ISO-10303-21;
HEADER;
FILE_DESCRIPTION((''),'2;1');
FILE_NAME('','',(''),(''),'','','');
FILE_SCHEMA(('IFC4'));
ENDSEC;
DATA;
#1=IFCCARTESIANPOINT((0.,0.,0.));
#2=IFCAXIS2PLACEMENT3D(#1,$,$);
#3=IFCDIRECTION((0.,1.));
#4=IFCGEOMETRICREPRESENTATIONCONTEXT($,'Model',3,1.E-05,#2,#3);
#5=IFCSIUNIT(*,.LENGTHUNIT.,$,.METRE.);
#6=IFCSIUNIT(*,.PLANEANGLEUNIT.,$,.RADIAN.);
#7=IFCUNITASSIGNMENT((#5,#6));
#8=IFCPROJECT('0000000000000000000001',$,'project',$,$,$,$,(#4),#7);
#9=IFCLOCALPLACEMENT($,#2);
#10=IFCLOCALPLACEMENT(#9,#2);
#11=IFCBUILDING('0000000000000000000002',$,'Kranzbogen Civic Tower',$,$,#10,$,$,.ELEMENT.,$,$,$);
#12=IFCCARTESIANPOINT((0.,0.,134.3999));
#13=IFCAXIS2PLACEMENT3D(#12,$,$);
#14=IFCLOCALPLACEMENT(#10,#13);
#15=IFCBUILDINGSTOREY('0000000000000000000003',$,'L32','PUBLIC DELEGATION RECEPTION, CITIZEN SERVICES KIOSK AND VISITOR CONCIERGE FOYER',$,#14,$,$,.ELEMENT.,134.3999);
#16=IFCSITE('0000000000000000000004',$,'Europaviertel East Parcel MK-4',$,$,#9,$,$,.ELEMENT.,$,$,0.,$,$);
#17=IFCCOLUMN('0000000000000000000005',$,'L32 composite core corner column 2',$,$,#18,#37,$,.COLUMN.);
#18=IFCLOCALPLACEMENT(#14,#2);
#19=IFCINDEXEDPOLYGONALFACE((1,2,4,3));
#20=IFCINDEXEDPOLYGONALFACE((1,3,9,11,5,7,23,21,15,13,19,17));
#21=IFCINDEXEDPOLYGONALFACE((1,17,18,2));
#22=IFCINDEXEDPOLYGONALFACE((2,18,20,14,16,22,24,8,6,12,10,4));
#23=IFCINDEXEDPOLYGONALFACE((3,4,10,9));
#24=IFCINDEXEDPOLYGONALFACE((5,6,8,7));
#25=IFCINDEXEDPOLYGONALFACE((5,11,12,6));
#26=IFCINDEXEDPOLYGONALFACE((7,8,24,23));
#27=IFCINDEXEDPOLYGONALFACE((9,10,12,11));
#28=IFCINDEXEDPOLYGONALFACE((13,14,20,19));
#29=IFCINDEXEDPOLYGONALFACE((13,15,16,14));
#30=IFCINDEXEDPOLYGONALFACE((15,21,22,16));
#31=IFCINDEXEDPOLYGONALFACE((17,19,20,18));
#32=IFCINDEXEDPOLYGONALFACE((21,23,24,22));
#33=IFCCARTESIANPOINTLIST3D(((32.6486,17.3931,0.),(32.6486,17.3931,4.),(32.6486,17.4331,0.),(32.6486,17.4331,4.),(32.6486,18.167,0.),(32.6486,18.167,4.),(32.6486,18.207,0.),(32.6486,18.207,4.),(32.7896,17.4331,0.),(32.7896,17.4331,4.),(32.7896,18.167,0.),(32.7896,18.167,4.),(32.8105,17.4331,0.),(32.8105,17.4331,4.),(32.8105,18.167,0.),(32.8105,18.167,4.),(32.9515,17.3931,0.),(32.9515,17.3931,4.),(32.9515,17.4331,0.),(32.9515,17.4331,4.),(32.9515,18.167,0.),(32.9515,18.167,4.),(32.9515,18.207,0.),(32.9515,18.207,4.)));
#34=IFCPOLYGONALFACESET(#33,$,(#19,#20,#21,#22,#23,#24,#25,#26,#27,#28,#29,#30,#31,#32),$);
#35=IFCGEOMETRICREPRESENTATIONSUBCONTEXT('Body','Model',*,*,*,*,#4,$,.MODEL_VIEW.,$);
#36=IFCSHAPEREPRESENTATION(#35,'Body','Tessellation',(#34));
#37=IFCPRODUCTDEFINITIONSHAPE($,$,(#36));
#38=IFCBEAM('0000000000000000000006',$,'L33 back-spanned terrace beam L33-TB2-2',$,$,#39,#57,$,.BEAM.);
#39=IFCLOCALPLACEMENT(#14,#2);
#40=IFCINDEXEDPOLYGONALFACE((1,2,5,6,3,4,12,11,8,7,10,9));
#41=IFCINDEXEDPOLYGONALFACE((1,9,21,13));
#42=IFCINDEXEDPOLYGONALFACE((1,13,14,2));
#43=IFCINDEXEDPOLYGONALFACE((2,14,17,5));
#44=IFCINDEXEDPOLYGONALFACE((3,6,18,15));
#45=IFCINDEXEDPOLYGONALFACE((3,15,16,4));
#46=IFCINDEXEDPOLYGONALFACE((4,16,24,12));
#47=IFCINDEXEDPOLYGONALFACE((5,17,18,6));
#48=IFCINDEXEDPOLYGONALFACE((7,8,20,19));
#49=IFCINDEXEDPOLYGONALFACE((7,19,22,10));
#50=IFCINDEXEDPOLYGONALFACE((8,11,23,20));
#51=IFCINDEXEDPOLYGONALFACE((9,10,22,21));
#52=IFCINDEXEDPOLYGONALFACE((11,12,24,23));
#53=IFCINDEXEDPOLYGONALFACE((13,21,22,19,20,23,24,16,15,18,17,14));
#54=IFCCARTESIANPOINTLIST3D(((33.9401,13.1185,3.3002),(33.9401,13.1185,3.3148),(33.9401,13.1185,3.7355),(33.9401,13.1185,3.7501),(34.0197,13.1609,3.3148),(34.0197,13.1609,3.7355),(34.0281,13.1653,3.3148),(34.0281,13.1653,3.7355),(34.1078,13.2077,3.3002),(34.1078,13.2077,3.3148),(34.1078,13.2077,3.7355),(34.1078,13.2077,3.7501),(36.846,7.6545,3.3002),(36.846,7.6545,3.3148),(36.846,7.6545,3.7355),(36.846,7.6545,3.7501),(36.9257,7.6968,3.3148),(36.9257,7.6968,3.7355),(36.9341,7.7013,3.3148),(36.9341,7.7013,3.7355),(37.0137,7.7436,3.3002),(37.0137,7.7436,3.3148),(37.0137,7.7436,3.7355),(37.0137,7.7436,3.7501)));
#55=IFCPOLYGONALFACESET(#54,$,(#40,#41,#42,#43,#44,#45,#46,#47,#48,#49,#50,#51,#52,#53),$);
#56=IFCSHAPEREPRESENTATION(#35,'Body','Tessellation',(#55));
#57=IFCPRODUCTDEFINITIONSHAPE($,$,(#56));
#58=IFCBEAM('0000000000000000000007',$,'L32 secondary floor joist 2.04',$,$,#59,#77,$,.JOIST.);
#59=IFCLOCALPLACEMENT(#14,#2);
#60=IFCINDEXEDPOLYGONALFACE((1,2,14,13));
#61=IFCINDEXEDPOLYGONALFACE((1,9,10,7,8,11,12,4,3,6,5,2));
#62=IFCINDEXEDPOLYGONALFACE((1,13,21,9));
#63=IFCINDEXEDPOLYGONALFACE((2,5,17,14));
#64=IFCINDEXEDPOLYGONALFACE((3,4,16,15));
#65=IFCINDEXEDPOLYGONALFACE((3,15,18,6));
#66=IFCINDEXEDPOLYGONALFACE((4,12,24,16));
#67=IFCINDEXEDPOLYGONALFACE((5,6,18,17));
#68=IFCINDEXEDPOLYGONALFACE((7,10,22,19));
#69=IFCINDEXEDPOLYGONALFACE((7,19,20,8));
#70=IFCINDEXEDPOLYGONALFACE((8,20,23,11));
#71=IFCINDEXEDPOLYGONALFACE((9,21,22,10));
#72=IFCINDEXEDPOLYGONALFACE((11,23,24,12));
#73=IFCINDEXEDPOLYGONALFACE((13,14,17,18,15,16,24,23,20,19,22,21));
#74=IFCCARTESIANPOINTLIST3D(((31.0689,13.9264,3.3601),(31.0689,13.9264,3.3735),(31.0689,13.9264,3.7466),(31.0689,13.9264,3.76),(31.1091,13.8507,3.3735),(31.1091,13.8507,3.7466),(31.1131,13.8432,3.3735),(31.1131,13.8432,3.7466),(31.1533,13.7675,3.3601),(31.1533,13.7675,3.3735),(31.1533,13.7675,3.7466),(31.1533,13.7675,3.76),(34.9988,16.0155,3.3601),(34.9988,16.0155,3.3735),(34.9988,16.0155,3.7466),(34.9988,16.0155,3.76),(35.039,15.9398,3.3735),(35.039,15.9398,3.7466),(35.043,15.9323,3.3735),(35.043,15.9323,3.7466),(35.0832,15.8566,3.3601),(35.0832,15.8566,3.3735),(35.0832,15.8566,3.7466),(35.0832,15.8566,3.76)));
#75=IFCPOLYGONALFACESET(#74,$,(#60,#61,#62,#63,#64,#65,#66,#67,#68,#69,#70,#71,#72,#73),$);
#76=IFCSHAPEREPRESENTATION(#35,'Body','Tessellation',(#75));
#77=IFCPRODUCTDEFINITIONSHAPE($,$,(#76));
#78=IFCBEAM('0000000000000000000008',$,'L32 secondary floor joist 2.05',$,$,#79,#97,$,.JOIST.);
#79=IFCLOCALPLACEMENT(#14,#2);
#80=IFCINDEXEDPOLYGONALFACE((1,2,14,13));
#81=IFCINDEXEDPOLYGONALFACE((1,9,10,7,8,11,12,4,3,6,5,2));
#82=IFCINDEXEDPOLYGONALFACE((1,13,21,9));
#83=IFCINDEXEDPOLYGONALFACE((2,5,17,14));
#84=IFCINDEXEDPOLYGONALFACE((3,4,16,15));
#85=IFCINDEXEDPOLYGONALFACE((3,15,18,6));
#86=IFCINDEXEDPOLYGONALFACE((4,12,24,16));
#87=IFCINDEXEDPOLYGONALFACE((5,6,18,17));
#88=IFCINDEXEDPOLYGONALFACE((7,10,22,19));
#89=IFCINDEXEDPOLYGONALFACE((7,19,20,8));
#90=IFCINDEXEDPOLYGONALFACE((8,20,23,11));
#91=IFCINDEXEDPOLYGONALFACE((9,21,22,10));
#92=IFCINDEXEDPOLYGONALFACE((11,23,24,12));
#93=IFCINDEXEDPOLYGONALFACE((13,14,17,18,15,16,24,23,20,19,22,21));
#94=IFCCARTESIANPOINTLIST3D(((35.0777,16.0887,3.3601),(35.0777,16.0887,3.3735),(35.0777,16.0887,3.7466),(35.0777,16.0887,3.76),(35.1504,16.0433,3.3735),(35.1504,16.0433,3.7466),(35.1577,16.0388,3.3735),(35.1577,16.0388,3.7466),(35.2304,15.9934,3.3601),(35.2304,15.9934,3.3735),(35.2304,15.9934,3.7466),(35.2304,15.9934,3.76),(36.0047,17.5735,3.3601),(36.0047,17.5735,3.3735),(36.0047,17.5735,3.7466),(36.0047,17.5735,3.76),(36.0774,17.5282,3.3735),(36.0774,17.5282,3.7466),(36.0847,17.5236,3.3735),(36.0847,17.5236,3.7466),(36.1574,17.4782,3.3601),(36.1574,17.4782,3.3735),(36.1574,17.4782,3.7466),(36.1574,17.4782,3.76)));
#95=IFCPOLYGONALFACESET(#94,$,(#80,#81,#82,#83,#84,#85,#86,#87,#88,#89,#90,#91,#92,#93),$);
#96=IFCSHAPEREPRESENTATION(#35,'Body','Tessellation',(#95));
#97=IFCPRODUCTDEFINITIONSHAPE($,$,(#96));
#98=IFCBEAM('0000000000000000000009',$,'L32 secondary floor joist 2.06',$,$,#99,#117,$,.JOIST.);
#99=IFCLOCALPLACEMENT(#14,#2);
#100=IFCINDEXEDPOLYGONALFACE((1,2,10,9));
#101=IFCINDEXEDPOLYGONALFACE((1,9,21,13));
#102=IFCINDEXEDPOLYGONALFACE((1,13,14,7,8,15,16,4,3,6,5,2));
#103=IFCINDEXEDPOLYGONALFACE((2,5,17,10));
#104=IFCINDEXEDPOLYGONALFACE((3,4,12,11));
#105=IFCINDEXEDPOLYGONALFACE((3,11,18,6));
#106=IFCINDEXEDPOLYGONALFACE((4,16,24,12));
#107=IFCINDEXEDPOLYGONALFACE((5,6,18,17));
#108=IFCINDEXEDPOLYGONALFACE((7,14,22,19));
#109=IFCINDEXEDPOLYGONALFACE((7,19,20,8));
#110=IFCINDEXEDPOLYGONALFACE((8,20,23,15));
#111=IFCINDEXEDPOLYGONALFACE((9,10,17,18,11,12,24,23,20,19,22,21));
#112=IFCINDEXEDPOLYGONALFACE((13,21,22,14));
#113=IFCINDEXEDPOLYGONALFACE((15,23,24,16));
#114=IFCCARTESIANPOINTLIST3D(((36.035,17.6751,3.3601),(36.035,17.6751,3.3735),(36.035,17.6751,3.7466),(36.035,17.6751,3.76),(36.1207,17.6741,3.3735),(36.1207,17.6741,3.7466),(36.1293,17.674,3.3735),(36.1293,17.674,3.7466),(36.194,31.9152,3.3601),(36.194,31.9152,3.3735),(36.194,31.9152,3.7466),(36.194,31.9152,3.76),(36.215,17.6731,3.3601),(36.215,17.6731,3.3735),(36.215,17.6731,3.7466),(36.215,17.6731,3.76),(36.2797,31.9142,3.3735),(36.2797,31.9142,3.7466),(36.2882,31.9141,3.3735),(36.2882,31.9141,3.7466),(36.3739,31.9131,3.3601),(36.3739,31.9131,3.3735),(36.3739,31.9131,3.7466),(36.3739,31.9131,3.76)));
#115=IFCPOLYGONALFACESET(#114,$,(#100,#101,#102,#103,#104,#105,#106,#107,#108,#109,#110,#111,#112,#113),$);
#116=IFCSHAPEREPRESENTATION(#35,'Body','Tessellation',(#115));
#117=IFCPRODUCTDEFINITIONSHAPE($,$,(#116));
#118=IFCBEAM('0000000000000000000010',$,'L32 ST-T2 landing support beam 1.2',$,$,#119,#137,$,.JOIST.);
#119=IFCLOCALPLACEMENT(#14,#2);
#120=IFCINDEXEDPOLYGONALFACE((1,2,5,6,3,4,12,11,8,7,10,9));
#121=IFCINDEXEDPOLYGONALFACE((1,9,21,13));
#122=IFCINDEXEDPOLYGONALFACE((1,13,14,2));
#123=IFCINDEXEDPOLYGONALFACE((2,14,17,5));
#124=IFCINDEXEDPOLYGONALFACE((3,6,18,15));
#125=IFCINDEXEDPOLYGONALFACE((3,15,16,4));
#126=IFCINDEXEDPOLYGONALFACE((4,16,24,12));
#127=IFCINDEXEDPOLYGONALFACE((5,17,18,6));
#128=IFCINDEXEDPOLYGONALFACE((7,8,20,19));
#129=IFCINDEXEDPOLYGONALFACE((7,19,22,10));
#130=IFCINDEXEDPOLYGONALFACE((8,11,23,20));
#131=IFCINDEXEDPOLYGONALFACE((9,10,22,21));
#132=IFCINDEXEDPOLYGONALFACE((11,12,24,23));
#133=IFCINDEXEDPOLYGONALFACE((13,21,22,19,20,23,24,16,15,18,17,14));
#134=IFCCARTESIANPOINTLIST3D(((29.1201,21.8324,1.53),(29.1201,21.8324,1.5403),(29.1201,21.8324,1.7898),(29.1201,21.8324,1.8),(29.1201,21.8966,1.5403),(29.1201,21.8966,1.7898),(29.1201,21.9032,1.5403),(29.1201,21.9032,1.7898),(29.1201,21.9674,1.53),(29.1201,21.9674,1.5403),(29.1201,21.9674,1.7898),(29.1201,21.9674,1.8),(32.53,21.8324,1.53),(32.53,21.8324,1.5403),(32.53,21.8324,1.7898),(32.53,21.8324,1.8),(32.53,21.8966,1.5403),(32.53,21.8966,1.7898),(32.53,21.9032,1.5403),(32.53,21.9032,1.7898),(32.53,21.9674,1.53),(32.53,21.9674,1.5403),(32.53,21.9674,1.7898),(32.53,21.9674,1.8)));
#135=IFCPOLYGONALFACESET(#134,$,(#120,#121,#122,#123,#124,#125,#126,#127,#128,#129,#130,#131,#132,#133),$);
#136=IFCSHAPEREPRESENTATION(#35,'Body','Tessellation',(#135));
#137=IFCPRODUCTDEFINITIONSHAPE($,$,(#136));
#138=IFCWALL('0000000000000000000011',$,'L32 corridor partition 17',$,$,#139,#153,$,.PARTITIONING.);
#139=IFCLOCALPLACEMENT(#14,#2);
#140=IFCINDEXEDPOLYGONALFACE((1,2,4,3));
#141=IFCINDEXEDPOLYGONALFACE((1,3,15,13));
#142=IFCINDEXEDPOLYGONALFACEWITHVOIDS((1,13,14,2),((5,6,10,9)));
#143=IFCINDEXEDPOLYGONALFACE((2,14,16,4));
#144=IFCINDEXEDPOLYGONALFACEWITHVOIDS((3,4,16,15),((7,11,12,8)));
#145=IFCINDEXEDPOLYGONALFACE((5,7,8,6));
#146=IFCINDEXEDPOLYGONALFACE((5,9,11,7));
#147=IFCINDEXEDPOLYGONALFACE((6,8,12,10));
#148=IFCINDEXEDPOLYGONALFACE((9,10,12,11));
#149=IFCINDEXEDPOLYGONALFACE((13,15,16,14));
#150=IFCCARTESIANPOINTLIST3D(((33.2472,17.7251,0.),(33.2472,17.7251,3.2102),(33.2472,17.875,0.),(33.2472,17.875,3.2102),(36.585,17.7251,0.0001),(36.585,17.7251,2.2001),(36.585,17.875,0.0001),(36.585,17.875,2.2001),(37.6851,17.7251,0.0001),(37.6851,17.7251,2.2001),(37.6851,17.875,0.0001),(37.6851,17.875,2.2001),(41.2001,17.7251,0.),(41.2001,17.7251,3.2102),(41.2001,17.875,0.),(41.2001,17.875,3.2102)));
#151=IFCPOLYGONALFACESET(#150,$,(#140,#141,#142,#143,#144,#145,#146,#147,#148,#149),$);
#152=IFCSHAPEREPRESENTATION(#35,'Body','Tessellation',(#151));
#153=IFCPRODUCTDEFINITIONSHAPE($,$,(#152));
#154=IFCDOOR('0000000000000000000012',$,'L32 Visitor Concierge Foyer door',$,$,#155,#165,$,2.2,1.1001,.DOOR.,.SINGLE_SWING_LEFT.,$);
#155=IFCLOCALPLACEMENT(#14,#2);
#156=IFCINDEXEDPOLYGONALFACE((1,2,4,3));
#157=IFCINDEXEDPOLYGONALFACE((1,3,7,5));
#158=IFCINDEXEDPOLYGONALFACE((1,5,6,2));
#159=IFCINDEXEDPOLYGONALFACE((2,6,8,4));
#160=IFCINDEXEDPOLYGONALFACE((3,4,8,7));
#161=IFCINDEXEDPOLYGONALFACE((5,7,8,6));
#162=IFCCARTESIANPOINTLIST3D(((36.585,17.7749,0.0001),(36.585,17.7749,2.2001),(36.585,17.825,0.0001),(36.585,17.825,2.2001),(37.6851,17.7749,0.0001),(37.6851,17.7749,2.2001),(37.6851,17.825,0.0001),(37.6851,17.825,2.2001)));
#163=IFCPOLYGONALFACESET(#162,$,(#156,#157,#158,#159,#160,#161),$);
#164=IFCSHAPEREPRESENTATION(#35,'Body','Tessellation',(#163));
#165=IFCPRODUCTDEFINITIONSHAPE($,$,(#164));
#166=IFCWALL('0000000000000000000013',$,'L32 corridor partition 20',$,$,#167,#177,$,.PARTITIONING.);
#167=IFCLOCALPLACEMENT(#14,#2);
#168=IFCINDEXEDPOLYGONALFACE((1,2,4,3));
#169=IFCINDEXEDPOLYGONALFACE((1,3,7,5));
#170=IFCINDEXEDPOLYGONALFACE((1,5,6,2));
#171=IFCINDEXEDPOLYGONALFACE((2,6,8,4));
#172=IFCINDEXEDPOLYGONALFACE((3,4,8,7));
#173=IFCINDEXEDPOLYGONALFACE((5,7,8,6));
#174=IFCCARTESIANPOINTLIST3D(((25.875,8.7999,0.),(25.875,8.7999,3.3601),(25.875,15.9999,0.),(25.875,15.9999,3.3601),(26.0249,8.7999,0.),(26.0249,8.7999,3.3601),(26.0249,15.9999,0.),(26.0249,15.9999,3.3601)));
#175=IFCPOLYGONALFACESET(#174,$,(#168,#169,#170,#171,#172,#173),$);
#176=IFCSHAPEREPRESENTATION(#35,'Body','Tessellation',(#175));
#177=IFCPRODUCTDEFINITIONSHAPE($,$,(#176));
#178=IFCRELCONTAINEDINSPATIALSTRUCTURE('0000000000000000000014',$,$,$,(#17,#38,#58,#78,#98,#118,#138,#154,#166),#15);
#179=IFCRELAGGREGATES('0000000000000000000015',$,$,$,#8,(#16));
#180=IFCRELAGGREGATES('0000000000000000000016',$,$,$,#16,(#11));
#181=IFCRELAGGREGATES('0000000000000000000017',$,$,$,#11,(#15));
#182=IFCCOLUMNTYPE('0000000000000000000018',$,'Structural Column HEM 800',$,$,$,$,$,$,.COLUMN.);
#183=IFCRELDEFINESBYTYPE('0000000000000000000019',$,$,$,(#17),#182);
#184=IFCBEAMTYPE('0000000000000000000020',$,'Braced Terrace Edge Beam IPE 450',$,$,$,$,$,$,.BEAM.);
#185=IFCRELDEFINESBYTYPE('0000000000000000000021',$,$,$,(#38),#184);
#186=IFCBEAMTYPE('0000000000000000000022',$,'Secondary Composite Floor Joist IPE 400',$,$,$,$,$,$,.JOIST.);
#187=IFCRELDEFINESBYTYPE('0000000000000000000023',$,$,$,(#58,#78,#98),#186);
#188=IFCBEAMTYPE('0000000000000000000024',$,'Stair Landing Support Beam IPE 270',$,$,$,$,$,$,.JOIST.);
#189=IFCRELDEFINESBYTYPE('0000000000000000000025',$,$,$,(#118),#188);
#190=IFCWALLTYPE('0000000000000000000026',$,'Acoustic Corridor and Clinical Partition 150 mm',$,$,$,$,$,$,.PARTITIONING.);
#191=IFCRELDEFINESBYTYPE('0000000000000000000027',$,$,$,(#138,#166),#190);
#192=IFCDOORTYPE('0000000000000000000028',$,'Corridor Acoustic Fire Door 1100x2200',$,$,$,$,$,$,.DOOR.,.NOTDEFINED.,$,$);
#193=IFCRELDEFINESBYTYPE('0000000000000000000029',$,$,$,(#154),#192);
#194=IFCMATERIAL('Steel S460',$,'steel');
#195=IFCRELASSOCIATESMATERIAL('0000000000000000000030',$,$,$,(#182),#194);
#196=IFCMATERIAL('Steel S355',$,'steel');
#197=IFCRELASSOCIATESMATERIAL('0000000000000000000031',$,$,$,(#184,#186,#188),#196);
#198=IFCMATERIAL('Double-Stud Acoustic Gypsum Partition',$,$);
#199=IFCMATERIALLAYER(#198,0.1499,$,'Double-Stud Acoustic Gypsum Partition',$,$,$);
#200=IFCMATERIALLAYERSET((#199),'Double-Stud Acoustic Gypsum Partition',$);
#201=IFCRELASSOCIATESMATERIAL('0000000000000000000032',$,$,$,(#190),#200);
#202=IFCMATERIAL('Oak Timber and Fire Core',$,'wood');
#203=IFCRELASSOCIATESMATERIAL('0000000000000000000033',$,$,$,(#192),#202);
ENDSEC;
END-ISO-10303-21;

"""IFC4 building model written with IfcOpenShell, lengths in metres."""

from ifc_helpers import new_model, si_unit, direction, frame, frame_2d, origin, origin_2d, place, context, subcontext, project, spatial, rectangle, i_section, extrude, material, layer, layer_set, material_profile, profile_set, type_object, element, fill, save


model = new_model("IFC4")

# Units and contexts
model_context = context("Model", 3, precision=1e-05, world=origin(), true_north=direction((0.0, 1.0)))
body_context = subcontext(model_context, "Body", "Model", "MODEL_VIEW")
ifc_project = project(units=[si_unit("LENGTHUNIT", "METRE"), si_unit("PLANEANGLEUNIT", "RADIAN")], contexts=[model_context])

# Site, building, storey
site_placement = place(None, origin())
site = spatial("IfcSite", under=ifc_project, at=site_placement, Name="Europaviertel East Parcel MK-4", CompositionType="ELEMENT", RefElevation=0.0)
building_placement = place(site_placement, origin())
building = spatial("IfcBuilding", under=site, at=building_placement, Name="Kranzbogen Civic Tower", CompositionType="ELEMENT")
storey_placement = place(building_placement, frame((0.0, 0.0, 134.3999)))
storey = spatial("IfcBuildingStorey", under=building, at=storey_placement, Name="L32", Description="PUBLIC DELEGATION RECEPTION, CITIZEN SERVICES KIOSK AND VISITOR CONCIERGE FOYER", CompositionType="ELEMENT", Elevation=134.3999)

# Column
ifc_material_1 = material(Name="Steel S460", Category="steel")
ifc_material_profile_1 = material_profile(ifc_material_1, i_section(OverallWidth=0.303, OverallDepth=0.814, WebThickness=0.021, FlangeThickness=0.04, at=origin_2d()), Name="HEM 800")
ifc_profile_set_1 = profile_set([ifc_material_profile_1], Name="Steel S460")
column_type = type_object("IfcColumnType", Name="Structural Column HEM 800", PredefinedType="COLUMN", material=ifc_profile_set_1)
column_placement = place(storey_placement, frame((32.8, 17.8, 0.0), z_axis=(0.0, 0.0, 1.0), x_axis=(1.0, 0.0, 0.0)))
element("IfcColumn", 1, at=column_placement, inside=storey, type_object=column_type, Name="L32 composite core corner column 2", PredefinedType="COLUMN", context=body_context, shape_type="SweptSolid", body=[
    extrude(i_section(OverallWidth=0.303, OverallDepth=0.814, WebThickness=0.021, FlangeThickness=0.04, at=origin_2d()), origin(), (0.0, 0.0, 1.0), 4.0),
])

# Beams
ifc_material_2 = material(Name="Steel S355", Category="steel")
ifc_material_profile_2 = material_profile(ifc_material_2, i_section(OverallWidth=0.1899, OverallDepth=0.45, WebThickness=0.0095, FlangeThickness=0.0146, at=origin_2d()), Name="IPE 450")
ifc_profile_set_2 = profile_set([ifc_material_profile_2], Name="Steel S355")
beam_type_1 = type_object("IfcBeamType", Name="Braced Terrace Edge Beam IPE 450", PredefinedType="BEAM", material=ifc_profile_set_2)
beam_1_placement = place(storey_placement, frame((34.0239, 13.1631, 3.5251), z_axis=(0.469558, -0.882902, 0.0), x_axis=(0.882902, 0.469558, 0.0)))
element("IfcBeam", 2, at=beam_1_placement, inside=storey, type_object=beam_type_1, Name="L33 back-spanned terrace beam L33-TB2-2", PredefinedType="BEAM", context=body_context, shape_type="SweptSolid", body=[
    extrude(i_section(OverallWidth=0.1899, OverallDepth=0.45, WebThickness=0.0095, FlangeThickness=0.0146, at=origin_2d()), origin(), (0.0, 0.0, 1.0), 6.1887),
])
ifc_material_profile_3 = material_profile(ifc_material_2, i_section(OverallWidth=0.1799, OverallDepth=0.3999, WebThickness=0.0085, FlangeThickness=0.0134, at=origin_2d()), Name="IPE 400")
ifc_profile_set_3 = profile_set([ifc_material_profile_3], Name="Steel S355")
beam_type_2 = type_object("IfcBeamType", Name="Secondary Composite Floor Joist IPE 400", PredefinedType="JOIST", material=ifc_profile_set_3)
beam_2_placement = place(storey_placement, frame((31.1111, 13.8469, 3.5601), z_axis=(0.882991, 0.469389, 0.0), x_axis=(-0.469389, 0.882991, 0.0)))
element("IfcBeam", 3, at=beam_2_placement, inside=storey, type_object=beam_type_2, Name="L32 secondary floor joist 2.04", PredefinedType="JOIST", context=body_context, shape_type="SweptSolid", body=[
    extrude(i_section(OverallWidth=0.1799, OverallDepth=0.3999, WebThickness=0.0085, FlangeThickness=0.0134, at=origin_2d()), origin(), (0.0, 0.0, 1.0), 4.4507),
])
beam_3_placement = place(storey_placement, frame((35.1541, 16.041, 3.5601), z_axis=(0.529573, 0.848265, 0.0), x_axis=(-0.848265, 0.529573, 0.0)))
element("IfcBeam", 4, at=beam_3_placement, inside=storey, type_object=beam_type_2, Name="L32 secondary floor joist 2.05", PredefinedType="JOIST", context=body_context, shape_type="SweptSolid", body=[
    extrude(i_section(OverallWidth=0.1799, OverallDepth=0.3999, WebThickness=0.0085, FlangeThickness=0.0134, at=origin_2d()), origin(), (0.0, 0.0, 1.0), 1.7505),
])
beam_4_placement = place(storey_placement, frame((36.125, 17.6741, 3.5601), z_axis=(0.011161, 0.999938, 0.0), x_axis=(-0.999938, 0.011161, 0.0)))
element("IfcBeam", 5, at=beam_4_placement, inside=storey, type_object=beam_type_2, Name="L32 secondary floor joist 2.06", PredefinedType="JOIST", context=body_context, shape_type="SweptSolid", body=[
    extrude(i_section(OverallWidth=0.1799, OverallDepth=0.3999, WebThickness=0.0085, FlangeThickness=0.0134, at=origin_2d()), origin(), (0.0, 0.0, 1.0), 14.241),
])
ifc_material_profile_4 = material_profile(ifc_material_2, i_section(OverallWidth=0.135, OverallDepth=0.27, WebThickness=0.0066, FlangeThickness=0.0103, at=origin_2d()), Name="IPE 270")
ifc_profile_set_4 = profile_set([ifc_material_profile_4], Name="Steel S355")
beam_type_3 = type_object("IfcBeamType", Name="Stair Landing Support Beam IPE 270", PredefinedType="JOIST", material=ifc_profile_set_4)
beam_5_placement = place(storey_placement, frame((29.1201, 21.8999, 1.665), z_axis=(1.0, 0.0, 0.0), x_axis=(0.0, 1.0, 0.0)))
element("IfcBeam", 6, at=beam_5_placement, inside=storey, type_object=beam_type_3, Name="L32 ST-T2 landing support beam 1.2", PredefinedType="JOIST", context=body_context, shape_type="SweptSolid", body=[
    extrude(i_section(OverallWidth=0.135, OverallDepth=0.27, WebThickness=0.0066, FlangeThickness=0.0103, at=origin_2d()), origin(), (0.0, 0.0, 1.0), 3.4099),
])

# Wall, opening, door
ifc_material_3 = material(Name="Double-Stud Acoustic Gypsum Partition")
ifc_layer_1 = layer(ifc_material_3, 0.1499, Name="Double-Stud Acoustic Gypsum Partition")
ifc_layer_set_1 = layer_set([ifc_layer_1], Name="Double-Stud Acoustic Gypsum Partition")
wall_type_1 = type_object("IfcWallType", Name="Acoustic Corridor and Clinical Partition 150 mm", PredefinedType="PARTITIONING", material=ifc_layer_set_1)
wall_1_placement = place(storey_placement, frame((33.2471, 17.8, 0.0), z_axis=(0.0, 0.0, 1.0), x_axis=(1.0, 0.0, 0.0)))
wall_1 = element("IfcWall", 7, at=wall_1_placement, inside=storey, type_object=wall_type_1, Name="L32 corridor partition 17", PredefinedType="PARTITIONING", context=body_context, shape_type="SweptSolid", body=[
    extrude(rectangle(XDim=7.9529, YDim=0.1499, at=frame_2d((3.9766, 0.0))), origin(), (0.0, 0.0, 1.0), 3.2102),
])
opening_1_placement = place(wall_1_placement, frame((3.3379, 0.0, 0.0)))
opening_1 = element("IfcOpeningElement", 8, at=opening_1_placement, cuts=wall_1, PredefinedType="OPENING", context=body_context, shape_type="SweptSolid", body=[
    extrude(rectangle(XDim=1.1001, YDim=2.2, at=frame_2d((0.55, 1.1001))), frame((0.0, 0.085, 0.0), z_axis=(0.0, -1.0, 0.0), x_axis=(1.0, 0.0, 0.0)), (0.0, 0.0, 1.0), 0.1699),
])
ifc_material_4 = material(Name="Oak Timber and Fire Core", Category="wood")
door_type_1 = type_object("IfcDoorType", Name="Corridor Acoustic Fire Door 1100x2200", OperationType="NOTDEFINED", PredefinedType="DOOR", material=ifc_material_4)
door_1_placement = place(opening_1_placement, origin())
door_1 = element("IfcDoor", 9, at=door_1_placement, inside=storey, type_object=door_type_1, Name="L32 Visitor Concierge Foyer door", OperationType="SINGLE_SWING_LEFT", OverallHeight=2.2, OverallWidth=1.1001, PredefinedType="DOOR", context=body_context, shape_type="SweptSolid", body=[
    extrude(rectangle(XDim=1.1001, YDim=2.2, at=frame_2d((0.55, 1.1001))), frame((0.0, 0.0249, 0.0), z_axis=(0.0, -1.0, 0.0), x_axis=(1.0, 0.0, 0.0)), (0.0, 0.0, 1.0), 0.05),
])
fill(opening_1, door_1)

# Wall
wall_2_placement = place(storey_placement, frame((25.95, 16.0, 0.0), z_axis=(0.0, 0.0, 1.0), x_axis=(0.0, -1.0, 0.0)))
element("IfcWall", 10, at=wall_2_placement, inside=storey, type_object=wall_type_1, Name="L32 corridor partition 20", PredefinedType="PARTITIONING", context=body_context, shape_type="SweptSolid", body=[
    extrude(rectangle(XDim=7.2, YDim=0.1499, at=frame_2d((3.6001, 0.0))), origin(), (0.0, 0.0, 1.0), 3.3601),
])

save(model, "model.ifc")
